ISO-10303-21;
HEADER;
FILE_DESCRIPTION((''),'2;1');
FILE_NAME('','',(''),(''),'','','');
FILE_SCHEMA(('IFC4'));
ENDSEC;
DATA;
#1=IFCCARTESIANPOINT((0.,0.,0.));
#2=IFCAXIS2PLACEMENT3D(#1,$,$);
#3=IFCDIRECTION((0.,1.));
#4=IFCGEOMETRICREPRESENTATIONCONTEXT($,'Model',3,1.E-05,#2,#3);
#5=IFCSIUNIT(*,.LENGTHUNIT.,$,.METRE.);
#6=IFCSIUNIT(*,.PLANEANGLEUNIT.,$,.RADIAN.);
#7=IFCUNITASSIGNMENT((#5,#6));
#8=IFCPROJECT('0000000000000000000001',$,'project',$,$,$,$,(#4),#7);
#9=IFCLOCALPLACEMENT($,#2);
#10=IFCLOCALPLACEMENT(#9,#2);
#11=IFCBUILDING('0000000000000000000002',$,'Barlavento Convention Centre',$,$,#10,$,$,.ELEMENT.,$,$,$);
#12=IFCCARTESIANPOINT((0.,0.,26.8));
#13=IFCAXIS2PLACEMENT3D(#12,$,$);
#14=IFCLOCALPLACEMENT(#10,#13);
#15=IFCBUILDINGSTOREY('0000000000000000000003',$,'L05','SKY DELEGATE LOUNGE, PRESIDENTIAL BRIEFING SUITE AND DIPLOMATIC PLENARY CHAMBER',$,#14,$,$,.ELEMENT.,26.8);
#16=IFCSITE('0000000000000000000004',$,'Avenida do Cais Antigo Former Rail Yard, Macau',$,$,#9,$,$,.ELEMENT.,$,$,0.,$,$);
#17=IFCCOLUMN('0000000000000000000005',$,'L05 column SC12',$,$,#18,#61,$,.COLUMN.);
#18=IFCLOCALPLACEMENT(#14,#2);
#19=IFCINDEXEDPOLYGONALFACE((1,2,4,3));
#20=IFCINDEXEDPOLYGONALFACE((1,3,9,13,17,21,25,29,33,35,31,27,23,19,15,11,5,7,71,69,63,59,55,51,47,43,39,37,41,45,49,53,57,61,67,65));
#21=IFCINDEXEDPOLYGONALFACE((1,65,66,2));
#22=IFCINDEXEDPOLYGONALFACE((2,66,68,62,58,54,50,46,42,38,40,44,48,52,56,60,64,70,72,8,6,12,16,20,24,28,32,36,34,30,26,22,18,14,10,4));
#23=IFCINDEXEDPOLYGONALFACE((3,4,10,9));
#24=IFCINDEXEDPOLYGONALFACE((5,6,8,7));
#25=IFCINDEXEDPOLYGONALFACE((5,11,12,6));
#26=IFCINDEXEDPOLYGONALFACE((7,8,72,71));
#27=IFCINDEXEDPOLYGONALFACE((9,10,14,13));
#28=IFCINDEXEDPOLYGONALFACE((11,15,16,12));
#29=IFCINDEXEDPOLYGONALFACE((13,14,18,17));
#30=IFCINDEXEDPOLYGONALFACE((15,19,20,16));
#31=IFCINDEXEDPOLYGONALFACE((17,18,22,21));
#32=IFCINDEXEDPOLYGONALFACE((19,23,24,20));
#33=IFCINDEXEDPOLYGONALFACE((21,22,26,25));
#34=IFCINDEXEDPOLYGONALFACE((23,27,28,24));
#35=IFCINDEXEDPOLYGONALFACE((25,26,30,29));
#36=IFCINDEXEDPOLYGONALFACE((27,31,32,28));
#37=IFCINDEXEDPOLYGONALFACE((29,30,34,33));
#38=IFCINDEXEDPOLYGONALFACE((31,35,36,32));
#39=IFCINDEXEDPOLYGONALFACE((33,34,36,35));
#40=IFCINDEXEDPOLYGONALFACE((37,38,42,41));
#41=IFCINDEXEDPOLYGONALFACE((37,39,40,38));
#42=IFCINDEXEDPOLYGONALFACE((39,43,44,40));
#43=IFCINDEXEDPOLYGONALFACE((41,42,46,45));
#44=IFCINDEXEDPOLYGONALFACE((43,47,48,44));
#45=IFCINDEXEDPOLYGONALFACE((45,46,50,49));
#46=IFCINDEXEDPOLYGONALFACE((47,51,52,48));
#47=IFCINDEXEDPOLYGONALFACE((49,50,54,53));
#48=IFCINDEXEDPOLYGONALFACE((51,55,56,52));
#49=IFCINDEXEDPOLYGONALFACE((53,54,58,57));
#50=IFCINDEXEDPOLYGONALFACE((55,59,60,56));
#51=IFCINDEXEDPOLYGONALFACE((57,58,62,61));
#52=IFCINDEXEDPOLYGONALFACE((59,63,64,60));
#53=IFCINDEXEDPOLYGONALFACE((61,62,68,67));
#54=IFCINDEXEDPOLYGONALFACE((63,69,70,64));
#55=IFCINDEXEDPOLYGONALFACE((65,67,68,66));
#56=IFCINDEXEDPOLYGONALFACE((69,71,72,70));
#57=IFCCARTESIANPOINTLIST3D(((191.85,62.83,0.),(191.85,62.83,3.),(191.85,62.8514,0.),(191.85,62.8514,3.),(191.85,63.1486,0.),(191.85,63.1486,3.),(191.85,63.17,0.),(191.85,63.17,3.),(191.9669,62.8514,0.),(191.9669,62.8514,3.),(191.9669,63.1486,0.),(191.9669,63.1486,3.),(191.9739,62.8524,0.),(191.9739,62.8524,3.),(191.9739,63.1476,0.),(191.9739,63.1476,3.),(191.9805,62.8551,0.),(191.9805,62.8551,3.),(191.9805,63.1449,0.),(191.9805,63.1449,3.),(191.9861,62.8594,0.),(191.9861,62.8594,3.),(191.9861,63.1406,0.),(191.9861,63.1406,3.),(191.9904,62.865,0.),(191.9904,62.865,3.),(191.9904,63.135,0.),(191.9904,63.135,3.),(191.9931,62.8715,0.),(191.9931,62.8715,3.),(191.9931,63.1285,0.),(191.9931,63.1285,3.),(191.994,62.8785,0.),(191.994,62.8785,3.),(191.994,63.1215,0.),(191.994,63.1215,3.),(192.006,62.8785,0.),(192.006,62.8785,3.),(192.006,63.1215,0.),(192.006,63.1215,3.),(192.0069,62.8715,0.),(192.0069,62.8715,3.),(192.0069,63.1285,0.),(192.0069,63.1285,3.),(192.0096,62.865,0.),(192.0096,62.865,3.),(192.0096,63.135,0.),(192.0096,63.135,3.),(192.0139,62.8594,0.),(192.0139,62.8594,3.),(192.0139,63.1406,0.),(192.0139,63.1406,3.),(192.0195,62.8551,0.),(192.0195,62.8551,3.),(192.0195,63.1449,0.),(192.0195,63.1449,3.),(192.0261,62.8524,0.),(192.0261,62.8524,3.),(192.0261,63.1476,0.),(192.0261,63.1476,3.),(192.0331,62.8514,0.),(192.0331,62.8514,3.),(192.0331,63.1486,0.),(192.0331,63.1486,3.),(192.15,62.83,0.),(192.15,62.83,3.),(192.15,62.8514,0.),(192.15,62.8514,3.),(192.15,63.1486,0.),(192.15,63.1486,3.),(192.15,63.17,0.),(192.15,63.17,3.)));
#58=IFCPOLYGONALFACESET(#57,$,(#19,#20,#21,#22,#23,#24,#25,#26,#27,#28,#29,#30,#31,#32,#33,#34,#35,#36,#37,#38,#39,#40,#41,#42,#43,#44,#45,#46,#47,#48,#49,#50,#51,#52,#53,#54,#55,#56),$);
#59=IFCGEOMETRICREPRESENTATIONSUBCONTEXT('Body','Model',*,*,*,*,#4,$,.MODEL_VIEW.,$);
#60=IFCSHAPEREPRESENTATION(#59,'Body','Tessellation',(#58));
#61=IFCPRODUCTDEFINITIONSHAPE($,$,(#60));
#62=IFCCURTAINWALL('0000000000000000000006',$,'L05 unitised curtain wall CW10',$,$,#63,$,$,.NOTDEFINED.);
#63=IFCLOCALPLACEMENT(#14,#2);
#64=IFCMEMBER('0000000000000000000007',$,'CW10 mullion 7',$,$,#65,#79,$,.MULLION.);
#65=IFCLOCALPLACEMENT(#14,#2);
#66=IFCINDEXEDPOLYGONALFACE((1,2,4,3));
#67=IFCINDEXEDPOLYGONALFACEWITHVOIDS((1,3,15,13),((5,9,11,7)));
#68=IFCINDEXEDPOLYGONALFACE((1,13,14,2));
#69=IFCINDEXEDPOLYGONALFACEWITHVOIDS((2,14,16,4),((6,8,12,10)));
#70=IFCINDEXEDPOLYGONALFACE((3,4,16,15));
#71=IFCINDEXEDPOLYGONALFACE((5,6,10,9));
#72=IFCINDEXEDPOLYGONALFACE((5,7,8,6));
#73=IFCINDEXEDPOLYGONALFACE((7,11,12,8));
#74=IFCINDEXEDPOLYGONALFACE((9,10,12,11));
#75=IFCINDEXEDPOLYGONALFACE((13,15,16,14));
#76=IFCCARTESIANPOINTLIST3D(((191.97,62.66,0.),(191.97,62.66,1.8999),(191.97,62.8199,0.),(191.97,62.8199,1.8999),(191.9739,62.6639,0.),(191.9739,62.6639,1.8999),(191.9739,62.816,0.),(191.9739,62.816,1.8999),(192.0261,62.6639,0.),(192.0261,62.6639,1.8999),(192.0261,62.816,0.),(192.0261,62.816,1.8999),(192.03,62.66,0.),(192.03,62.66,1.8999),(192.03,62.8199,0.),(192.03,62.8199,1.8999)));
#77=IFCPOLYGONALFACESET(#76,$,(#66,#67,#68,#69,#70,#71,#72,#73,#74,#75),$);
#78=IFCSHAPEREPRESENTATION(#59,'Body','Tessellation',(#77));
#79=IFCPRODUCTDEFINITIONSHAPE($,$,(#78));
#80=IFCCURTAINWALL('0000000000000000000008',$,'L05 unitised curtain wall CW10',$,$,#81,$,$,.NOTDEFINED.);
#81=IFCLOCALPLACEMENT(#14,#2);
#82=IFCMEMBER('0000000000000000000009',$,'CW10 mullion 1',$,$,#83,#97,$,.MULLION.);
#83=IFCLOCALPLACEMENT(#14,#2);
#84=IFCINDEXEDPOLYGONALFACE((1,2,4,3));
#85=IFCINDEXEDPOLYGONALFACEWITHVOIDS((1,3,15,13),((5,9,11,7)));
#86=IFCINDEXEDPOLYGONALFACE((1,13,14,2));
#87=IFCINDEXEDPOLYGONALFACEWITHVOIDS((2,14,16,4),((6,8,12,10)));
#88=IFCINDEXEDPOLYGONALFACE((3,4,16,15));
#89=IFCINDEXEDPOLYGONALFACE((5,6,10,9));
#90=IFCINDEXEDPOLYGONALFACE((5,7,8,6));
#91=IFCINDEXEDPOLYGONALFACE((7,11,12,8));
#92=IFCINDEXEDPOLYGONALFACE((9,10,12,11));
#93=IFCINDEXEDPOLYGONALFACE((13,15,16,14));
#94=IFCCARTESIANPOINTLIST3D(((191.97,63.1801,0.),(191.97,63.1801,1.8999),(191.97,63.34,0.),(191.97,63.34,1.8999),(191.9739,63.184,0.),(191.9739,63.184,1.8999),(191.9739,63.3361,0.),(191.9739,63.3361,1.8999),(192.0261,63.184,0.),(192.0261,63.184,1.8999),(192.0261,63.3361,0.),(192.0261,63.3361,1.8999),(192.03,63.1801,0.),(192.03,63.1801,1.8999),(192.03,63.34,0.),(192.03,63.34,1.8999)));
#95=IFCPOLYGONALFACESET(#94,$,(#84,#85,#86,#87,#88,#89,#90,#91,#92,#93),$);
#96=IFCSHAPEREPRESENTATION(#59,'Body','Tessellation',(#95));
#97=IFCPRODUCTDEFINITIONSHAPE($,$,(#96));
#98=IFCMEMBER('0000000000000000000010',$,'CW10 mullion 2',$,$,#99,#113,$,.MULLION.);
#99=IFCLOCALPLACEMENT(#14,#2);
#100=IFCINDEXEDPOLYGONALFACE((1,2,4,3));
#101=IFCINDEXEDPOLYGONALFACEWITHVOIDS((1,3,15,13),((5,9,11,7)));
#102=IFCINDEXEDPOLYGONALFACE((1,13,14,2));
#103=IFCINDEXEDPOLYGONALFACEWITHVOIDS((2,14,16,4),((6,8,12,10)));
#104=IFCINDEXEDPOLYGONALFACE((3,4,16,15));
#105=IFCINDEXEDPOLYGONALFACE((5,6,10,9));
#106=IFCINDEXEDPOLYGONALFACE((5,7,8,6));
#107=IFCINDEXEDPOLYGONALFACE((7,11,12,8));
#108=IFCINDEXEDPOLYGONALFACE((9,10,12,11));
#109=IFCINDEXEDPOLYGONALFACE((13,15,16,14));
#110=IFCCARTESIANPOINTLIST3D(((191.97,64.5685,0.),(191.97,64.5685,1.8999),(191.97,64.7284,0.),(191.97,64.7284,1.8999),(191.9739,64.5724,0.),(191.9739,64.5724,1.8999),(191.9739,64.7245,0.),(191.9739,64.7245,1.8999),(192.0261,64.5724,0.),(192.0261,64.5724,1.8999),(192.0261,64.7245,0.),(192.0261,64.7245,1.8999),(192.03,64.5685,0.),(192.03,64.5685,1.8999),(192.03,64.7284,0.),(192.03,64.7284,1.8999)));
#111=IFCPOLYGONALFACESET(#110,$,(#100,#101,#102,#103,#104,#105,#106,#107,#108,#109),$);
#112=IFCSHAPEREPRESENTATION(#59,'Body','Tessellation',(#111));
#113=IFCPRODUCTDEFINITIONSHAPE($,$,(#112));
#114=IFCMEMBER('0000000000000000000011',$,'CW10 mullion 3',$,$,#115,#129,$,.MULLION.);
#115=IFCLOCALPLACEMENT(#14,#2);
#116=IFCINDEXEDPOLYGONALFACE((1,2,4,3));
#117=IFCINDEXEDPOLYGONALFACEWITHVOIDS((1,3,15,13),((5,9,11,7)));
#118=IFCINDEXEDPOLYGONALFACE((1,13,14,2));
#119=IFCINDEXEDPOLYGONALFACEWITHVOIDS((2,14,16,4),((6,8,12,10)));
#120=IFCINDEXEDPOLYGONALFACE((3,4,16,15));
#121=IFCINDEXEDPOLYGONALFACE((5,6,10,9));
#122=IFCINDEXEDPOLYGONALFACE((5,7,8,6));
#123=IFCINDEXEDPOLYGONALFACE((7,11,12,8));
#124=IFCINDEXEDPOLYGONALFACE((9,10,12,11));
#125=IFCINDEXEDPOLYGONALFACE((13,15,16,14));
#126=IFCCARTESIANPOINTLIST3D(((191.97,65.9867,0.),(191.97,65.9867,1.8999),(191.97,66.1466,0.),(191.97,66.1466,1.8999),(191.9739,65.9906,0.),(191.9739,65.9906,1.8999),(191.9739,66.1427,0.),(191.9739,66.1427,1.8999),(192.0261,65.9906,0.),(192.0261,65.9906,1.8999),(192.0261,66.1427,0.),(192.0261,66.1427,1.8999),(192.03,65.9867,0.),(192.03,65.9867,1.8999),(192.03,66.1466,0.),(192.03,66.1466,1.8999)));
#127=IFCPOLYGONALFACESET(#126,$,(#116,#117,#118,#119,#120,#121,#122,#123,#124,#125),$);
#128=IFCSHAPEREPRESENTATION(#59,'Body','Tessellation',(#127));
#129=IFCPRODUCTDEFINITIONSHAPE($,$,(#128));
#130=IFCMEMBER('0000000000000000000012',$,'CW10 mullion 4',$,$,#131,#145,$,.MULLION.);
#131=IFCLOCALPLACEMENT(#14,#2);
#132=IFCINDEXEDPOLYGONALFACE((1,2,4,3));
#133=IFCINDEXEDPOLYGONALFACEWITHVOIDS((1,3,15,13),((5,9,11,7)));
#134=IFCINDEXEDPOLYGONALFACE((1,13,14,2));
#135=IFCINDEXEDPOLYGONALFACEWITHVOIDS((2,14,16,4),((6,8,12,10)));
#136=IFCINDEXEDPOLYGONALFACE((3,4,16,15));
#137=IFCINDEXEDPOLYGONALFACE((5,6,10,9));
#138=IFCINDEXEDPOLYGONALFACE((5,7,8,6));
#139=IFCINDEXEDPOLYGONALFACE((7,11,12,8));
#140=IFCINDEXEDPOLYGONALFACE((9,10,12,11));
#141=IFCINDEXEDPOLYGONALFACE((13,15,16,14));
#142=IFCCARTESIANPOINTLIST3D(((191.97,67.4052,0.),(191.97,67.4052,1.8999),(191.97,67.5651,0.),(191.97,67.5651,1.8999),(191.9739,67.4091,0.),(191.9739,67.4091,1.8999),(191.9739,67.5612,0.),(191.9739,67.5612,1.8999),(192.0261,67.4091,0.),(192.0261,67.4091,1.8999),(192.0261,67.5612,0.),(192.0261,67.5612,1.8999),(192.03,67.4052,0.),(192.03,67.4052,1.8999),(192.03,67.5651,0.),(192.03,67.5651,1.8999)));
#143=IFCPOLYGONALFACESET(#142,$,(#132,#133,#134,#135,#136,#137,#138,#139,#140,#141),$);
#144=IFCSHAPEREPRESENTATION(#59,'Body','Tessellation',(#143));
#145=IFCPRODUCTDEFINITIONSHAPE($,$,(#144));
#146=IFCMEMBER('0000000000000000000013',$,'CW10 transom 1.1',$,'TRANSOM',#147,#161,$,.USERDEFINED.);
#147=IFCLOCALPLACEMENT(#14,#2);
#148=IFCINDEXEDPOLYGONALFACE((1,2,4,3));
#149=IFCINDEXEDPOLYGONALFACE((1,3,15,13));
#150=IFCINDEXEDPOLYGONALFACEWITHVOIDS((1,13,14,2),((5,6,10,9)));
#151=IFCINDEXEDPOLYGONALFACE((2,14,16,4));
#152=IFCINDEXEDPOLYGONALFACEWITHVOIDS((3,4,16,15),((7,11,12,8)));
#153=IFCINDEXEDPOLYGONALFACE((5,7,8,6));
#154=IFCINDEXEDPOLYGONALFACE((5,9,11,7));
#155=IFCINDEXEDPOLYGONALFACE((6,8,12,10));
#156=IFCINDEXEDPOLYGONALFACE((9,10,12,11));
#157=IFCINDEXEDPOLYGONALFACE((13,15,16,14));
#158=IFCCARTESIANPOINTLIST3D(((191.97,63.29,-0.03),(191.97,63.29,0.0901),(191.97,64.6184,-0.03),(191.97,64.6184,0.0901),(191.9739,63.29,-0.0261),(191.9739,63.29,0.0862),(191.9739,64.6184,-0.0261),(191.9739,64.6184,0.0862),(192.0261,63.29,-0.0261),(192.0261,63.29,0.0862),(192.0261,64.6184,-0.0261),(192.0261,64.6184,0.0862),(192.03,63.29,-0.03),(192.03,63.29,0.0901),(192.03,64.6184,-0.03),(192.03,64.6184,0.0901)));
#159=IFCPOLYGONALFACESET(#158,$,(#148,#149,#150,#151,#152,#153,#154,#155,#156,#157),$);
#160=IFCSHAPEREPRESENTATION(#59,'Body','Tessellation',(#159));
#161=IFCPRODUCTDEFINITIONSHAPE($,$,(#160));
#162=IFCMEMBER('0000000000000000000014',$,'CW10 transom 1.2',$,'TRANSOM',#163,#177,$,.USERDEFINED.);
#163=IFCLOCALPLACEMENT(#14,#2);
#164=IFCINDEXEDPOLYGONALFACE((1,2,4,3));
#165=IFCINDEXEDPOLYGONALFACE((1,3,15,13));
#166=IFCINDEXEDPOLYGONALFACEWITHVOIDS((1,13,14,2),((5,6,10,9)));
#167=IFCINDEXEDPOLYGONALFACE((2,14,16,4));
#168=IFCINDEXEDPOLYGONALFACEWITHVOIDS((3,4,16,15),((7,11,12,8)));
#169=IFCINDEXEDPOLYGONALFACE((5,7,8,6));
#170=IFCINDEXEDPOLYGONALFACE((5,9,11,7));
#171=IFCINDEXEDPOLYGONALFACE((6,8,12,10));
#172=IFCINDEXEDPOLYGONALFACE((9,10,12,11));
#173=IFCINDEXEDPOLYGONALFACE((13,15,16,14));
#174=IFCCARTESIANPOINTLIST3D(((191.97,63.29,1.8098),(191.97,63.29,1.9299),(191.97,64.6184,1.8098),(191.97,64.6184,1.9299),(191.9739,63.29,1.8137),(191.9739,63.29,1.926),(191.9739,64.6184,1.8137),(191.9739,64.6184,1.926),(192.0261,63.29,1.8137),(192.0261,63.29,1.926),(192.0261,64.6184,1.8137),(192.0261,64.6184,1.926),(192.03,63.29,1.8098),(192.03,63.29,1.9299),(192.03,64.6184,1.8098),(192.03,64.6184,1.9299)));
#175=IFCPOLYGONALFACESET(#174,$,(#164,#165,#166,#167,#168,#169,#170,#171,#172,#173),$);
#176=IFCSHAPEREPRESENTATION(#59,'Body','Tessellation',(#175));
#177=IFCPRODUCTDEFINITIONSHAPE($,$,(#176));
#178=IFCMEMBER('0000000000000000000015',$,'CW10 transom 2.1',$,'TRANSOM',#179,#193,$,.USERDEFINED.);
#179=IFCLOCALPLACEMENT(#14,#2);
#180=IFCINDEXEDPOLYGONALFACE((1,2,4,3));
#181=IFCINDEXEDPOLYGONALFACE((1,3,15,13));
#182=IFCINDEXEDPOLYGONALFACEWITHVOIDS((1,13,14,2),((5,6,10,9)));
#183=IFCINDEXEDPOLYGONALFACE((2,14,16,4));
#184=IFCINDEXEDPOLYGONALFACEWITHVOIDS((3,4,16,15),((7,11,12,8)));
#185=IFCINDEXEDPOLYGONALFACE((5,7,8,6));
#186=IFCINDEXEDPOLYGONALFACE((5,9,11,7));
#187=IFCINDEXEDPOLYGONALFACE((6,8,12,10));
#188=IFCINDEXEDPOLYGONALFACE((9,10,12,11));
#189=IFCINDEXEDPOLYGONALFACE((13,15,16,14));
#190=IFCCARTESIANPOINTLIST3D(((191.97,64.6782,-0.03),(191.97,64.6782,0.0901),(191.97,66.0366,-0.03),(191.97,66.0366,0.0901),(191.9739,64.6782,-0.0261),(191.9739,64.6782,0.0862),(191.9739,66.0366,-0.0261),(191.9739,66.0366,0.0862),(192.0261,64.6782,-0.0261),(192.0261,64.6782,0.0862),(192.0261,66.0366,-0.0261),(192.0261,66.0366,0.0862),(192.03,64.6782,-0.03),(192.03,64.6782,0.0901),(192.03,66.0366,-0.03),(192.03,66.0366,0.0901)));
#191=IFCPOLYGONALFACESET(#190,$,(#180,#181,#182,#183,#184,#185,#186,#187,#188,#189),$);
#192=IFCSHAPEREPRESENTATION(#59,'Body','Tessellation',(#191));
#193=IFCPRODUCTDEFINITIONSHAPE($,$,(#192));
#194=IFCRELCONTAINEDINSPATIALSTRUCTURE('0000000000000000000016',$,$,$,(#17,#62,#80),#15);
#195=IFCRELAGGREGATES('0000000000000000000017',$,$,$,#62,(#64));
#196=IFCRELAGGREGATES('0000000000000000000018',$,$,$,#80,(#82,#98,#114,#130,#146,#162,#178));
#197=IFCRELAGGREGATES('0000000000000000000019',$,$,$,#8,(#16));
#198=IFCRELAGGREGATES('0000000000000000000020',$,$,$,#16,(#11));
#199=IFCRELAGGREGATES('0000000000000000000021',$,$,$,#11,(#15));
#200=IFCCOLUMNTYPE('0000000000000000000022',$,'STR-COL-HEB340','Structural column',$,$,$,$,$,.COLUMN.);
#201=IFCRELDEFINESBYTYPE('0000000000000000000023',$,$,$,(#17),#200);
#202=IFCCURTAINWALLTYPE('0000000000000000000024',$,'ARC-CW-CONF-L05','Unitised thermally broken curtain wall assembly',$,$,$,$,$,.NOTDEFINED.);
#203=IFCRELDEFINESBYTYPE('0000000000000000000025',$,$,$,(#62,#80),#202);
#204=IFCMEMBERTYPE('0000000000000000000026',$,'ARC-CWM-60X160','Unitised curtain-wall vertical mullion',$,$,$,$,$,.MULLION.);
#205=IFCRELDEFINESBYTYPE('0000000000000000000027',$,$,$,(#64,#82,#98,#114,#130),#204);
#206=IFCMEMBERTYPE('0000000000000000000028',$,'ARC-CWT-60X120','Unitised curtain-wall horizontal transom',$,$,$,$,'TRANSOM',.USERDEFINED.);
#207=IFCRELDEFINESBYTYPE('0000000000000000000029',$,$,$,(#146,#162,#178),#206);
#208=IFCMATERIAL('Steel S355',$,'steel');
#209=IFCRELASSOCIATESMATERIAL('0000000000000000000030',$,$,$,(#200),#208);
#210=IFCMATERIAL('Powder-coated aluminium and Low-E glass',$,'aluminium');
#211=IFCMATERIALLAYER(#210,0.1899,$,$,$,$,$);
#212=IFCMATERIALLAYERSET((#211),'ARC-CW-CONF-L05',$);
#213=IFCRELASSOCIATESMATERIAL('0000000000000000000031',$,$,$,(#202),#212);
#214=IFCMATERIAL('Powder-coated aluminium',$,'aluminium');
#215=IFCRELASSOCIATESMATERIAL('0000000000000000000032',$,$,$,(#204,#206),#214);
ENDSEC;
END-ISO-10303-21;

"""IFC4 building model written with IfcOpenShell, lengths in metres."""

from ifc_helpers import new_model, si_unit, direction, frame, origin, origin_2d, place, context, subcontext, project, spatial, hollow_rectangle, i_section, extrude, material, layer, layer_set, material_profile, profile_set, type_object, element, aggregate, save


model = new_model("IFC4")

# Units and contexts
model_context = context("Model", 3, precision=1e-05, world=origin(), true_north=direction((0.0, 1.0)))
body_context = subcontext(model_context, "Body", "Model", "MODEL_VIEW")
ifc_project = project(units=[si_unit("LENGTHUNIT", "METRE"), si_unit("PLANEANGLEUNIT", "RADIAN")], contexts=[model_context])

# Site, building, storey
site_placement = place(None, origin())
site = spatial("IfcSite", under=ifc_project, at=site_placement, Name="Avenida do Cais Antigo Former Rail Yard, Macau", CompositionType="ELEMENT", RefElevation=0.0)
building_placement = place(site_placement, origin())
building = spatial("IfcBuilding", under=site, at=building_placement, Name="Barlavento Convention Centre", CompositionType="ELEMENT")
storey_placement = place(building_placement, frame((0.0, 0.0, 26.8)))
storey = spatial("IfcBuildingStorey", under=building, at=storey_placement, Name="L05", Description="SKY DELEGATE LOUNGE, PRESIDENTIAL BRIEFING SUITE AND DIPLOMATIC PLENARY CHAMBER", CompositionType="ELEMENT", Elevation=26.8)

# Column
ifc_material_1 = material(Name="Steel S355", Category="steel")
ifc_material_profile_1 = material_profile(ifc_material_1, i_section(OverallWidth=0.3, OverallDepth=0.3401, WebThickness=0.012, FlangeThickness=0.0215, FilletRadius=0.0271, at=origin_2d()), Name="HEB 340")
ifc_profile_set_1 = profile_set([ifc_material_profile_1], Name="Steel S355")
column_type = type_object("IfcColumnType", Name="STR-COL-HEB340", Description="Structural column", PredefinedType="COLUMN", material=ifc_profile_set_1)
column_placement = place(storey_placement, frame((192.0, 63.0, 0.0), z_axis=(0.0, 0.0, 1.0), x_axis=(1.0, 0.0, 0.0)))
element("IfcColumn", 1, at=column_placement, inside=storey, type_object=column_type, Name="L05 column SC12", PredefinedType="COLUMN", context=body_context, shape_type="SweptSolid", body=[
    extrude(i_section(OverallWidth=0.3, OverallDepth=0.3401, WebThickness=0.012, FlangeThickness=0.0215, FilletRadius=0.0271, at=origin_2d()), origin(), (0.0, 0.0, 1.0), 3.0),
])

# Curtain wall, member
ifc_material_2 = material(Name="Powder-coated aluminium and Low-E glass", Category="aluminium")
ifc_layer_1 = layer(ifc_material_2, 0.1899)
ifc_layer_set_1 = layer_set([ifc_layer_1], Name="ARC-CW-CONF-L05")
curtain_wall_type = type_object("IfcCurtainWallType", Name="ARC-CW-CONF-L05", Description="Unitised thermally broken curtain wall assembly", PredefinedType="NOTDEFINED", material=ifc_layer_set_1)
curtain_wall_1_placement = place(storey_placement, origin())
curtain_wall_1 = element("IfcCurtainWall", 2, at=curtain_wall_1_placement, inside=storey, type_object=curtain_wall_type, Name="L05 unitised curtain wall CW10", PredefinedType="NOTDEFINED")
ifc_material_3 = material(Name="Powder-coated aluminium", Category="aluminium")
ifc_material_profile_2 = material_profile(ifc_material_3, hollow_rectangle(XDim=0.0601, YDim=0.1599, WallThickness=0.0039, at=origin_2d()), Name="AL-MULL 60x160x4")
ifc_profile_set_2 = profile_set([ifc_material_profile_2], Name="Powder-coated aluminium")
member_type_1 = type_object("IfcMemberType", Name="ARC-CWM-60X160", Description="Unitised curtain-wall vertical mullion", PredefinedType="MULLION", material=ifc_profile_set_2)
member_1_placement = place(storey_placement, frame((192.0, 62.74, 0.0), z_axis=(0.0, 0.0, 1.0), x_axis=(-1.0, 0.0, 0.0)))
member_1 = element("IfcMember", 3, at=member_1_placement, type_object=member_type_1, Name="CW10 mullion 7", PredefinedType="MULLION", context=body_context, shape_type="SweptSolid", body=[
    extrude(hollow_rectangle(XDim=0.0601, YDim=0.1599, WallThickness=0.0039, at=origin_2d()), origin(), (0.0, 0.0, 1.0), 1.8999),
])
aggregate(curtain_wall_1, [member_1])

# Curtain wall, members
curtain_wall_2_placement = place(storey_placement, origin())
curtain_wall_2 = element("IfcCurtainWall", 4, at=curtain_wall_2_placement, inside=storey, type_object=curtain_wall_type, Name="L05 unitised curtain wall CW10", PredefinedType="NOTDEFINED")
member_2_placement = place(storey_placement, frame((192.0, 63.26, 0.0), z_axis=(0.0, 0.0, 1.0), x_axis=(-1.0, 0.0, 0.0)))
member_2 = element("IfcMember", 5, at=member_2_placement, type_object=member_type_1, Name="CW10 mullion 1", PredefinedType="MULLION", context=body_context, shape_type="SweptSolid", body=[
    extrude(hollow_rectangle(XDim=0.0601, YDim=0.1599, WallThickness=0.0039, at=origin_2d()), origin(), (0.0, 0.0, 1.0), 1.8999),
])
member_3_placement = place(storey_placement, frame((192.0, 64.6484, 0.0), z_axis=(0.0, 0.0, 1.0), x_axis=(-1.0, 0.0, 0.0)))
member_3 = element("IfcMember", 6, at=member_3_placement, type_object=member_type_1, Name="CW10 mullion 2", PredefinedType="MULLION", context=body_context, shape_type="SweptSolid", body=[
    extrude(hollow_rectangle(XDim=0.0601, YDim=0.1599, WallThickness=0.0039, at=origin_2d()), origin(), (0.0, 0.0, 1.0), 1.8999),
])
member_4_placement = place(storey_placement, frame((192.0, 66.0667, 0.0), z_axis=(0.0, 0.0, 1.0), x_axis=(-1.0, 0.0, 0.0)))
member_4 = element("IfcMember", 7, at=member_4_placement, type_object=member_type_1, Name="CW10 mullion 3", PredefinedType="MULLION", context=body_context, shape_type="SweptSolid", body=[
    extrude(hollow_rectangle(XDim=0.0601, YDim=0.1599, WallThickness=0.0039, at=origin_2d()), origin(), (0.0, 0.0, 1.0), 1.8999),
])
member_5_placement = place(storey_placement, frame((192.0, 67.4851, 0.0), z_axis=(0.0, 0.0, 1.0), x_axis=(-1.0, 0.0, 0.0)))
member_5 = element("IfcMember", 8, at=member_5_placement, type_object=member_type_1, Name="CW10 mullion 4", PredefinedType="MULLION", context=body_context, shape_type="SweptSolid", body=[
    extrude(hollow_rectangle(XDim=0.0601, YDim=0.1599, WallThickness=0.0039, at=origin_2d()), origin(), (0.0, 0.0, 1.0), 1.8999),
])
ifc_material_profile_3 = material_profile(ifc_material_3, hollow_rectangle(XDim=0.0601, YDim=0.1201, WallThickness=0.0039, at=origin_2d()), Name="AL-TRAN 60x120x4")
ifc_profile_set_3 = profile_set([ifc_material_profile_3], Name="Powder-coated aluminium")
member_type_2 = type_object("IfcMemberType", Name="ARC-CWT-60X120", Description="Unitised curtain-wall horizontal transom", ElementType="TRANSOM", PredefinedType="USERDEFINED", material=ifc_profile_set_3)
member_6_placement = place(storey_placement, frame((192.0, 63.29, 0.03), z_axis=(0.0, 1.0, 0.0), x_axis=(-1.0, 0.0, 0.0)))
member_6 = element("IfcMember", 9, at=member_6_placement, type_object=member_type_2, Name="CW10 transom 1.1", ObjectType="TRANSOM", PredefinedType="USERDEFINED", context=body_context, shape_type="SweptSolid", body=[
    extrude(hollow_rectangle(XDim=0.0601, YDim=0.1201, WallThickness=0.0039, at=origin_2d()), origin(), (0.0, 0.0, 1.0), 1.3284),
])
member_7_placement = place(storey_placement, frame((192.0, 63.29, 1.8699), z_axis=(0.0, 1.0, 0.0), x_axis=(-1.0, 0.0, 0.0)))
member_7 = element("IfcMember", 10, at=member_7_placement, type_object=member_type_2, Name="CW10 transom 1.2", ObjectType="TRANSOM", PredefinedType="USERDEFINED", context=body_context, shape_type="SweptSolid", body=[
    extrude(hollow_rectangle(XDim=0.0601, YDim=0.1201, WallThickness=0.0039, at=origin_2d()), origin(), (0.0, 0.0, 1.0), 1.3284),
])
member_8_placement = place(storey_placement, frame((192.0, 64.6782, 0.03), z_axis=(0.0, 1.0, 0.0), x_axis=(-1.0, 0.0, 0.0)))
member_8 = element("IfcMember", 11, at=member_8_placement, type_object=member_type_2, Name="CW10 transom 2.1", ObjectType="TRANSOM", PredefinedType="USERDEFINED", context=body_context, shape_type="SweptSolid", body=[
    extrude(hollow_rectangle(XDim=0.0601, YDim=0.1201, WallThickness=0.0039, at=origin_2d()), origin(), (0.0, 0.0, 1.0), 1.3584),
])

aggregate(curtain_wall_2, [member_2, member_3, member_4, member_5, member_6, member_7, member_8])

save(model, "model.ifc")
